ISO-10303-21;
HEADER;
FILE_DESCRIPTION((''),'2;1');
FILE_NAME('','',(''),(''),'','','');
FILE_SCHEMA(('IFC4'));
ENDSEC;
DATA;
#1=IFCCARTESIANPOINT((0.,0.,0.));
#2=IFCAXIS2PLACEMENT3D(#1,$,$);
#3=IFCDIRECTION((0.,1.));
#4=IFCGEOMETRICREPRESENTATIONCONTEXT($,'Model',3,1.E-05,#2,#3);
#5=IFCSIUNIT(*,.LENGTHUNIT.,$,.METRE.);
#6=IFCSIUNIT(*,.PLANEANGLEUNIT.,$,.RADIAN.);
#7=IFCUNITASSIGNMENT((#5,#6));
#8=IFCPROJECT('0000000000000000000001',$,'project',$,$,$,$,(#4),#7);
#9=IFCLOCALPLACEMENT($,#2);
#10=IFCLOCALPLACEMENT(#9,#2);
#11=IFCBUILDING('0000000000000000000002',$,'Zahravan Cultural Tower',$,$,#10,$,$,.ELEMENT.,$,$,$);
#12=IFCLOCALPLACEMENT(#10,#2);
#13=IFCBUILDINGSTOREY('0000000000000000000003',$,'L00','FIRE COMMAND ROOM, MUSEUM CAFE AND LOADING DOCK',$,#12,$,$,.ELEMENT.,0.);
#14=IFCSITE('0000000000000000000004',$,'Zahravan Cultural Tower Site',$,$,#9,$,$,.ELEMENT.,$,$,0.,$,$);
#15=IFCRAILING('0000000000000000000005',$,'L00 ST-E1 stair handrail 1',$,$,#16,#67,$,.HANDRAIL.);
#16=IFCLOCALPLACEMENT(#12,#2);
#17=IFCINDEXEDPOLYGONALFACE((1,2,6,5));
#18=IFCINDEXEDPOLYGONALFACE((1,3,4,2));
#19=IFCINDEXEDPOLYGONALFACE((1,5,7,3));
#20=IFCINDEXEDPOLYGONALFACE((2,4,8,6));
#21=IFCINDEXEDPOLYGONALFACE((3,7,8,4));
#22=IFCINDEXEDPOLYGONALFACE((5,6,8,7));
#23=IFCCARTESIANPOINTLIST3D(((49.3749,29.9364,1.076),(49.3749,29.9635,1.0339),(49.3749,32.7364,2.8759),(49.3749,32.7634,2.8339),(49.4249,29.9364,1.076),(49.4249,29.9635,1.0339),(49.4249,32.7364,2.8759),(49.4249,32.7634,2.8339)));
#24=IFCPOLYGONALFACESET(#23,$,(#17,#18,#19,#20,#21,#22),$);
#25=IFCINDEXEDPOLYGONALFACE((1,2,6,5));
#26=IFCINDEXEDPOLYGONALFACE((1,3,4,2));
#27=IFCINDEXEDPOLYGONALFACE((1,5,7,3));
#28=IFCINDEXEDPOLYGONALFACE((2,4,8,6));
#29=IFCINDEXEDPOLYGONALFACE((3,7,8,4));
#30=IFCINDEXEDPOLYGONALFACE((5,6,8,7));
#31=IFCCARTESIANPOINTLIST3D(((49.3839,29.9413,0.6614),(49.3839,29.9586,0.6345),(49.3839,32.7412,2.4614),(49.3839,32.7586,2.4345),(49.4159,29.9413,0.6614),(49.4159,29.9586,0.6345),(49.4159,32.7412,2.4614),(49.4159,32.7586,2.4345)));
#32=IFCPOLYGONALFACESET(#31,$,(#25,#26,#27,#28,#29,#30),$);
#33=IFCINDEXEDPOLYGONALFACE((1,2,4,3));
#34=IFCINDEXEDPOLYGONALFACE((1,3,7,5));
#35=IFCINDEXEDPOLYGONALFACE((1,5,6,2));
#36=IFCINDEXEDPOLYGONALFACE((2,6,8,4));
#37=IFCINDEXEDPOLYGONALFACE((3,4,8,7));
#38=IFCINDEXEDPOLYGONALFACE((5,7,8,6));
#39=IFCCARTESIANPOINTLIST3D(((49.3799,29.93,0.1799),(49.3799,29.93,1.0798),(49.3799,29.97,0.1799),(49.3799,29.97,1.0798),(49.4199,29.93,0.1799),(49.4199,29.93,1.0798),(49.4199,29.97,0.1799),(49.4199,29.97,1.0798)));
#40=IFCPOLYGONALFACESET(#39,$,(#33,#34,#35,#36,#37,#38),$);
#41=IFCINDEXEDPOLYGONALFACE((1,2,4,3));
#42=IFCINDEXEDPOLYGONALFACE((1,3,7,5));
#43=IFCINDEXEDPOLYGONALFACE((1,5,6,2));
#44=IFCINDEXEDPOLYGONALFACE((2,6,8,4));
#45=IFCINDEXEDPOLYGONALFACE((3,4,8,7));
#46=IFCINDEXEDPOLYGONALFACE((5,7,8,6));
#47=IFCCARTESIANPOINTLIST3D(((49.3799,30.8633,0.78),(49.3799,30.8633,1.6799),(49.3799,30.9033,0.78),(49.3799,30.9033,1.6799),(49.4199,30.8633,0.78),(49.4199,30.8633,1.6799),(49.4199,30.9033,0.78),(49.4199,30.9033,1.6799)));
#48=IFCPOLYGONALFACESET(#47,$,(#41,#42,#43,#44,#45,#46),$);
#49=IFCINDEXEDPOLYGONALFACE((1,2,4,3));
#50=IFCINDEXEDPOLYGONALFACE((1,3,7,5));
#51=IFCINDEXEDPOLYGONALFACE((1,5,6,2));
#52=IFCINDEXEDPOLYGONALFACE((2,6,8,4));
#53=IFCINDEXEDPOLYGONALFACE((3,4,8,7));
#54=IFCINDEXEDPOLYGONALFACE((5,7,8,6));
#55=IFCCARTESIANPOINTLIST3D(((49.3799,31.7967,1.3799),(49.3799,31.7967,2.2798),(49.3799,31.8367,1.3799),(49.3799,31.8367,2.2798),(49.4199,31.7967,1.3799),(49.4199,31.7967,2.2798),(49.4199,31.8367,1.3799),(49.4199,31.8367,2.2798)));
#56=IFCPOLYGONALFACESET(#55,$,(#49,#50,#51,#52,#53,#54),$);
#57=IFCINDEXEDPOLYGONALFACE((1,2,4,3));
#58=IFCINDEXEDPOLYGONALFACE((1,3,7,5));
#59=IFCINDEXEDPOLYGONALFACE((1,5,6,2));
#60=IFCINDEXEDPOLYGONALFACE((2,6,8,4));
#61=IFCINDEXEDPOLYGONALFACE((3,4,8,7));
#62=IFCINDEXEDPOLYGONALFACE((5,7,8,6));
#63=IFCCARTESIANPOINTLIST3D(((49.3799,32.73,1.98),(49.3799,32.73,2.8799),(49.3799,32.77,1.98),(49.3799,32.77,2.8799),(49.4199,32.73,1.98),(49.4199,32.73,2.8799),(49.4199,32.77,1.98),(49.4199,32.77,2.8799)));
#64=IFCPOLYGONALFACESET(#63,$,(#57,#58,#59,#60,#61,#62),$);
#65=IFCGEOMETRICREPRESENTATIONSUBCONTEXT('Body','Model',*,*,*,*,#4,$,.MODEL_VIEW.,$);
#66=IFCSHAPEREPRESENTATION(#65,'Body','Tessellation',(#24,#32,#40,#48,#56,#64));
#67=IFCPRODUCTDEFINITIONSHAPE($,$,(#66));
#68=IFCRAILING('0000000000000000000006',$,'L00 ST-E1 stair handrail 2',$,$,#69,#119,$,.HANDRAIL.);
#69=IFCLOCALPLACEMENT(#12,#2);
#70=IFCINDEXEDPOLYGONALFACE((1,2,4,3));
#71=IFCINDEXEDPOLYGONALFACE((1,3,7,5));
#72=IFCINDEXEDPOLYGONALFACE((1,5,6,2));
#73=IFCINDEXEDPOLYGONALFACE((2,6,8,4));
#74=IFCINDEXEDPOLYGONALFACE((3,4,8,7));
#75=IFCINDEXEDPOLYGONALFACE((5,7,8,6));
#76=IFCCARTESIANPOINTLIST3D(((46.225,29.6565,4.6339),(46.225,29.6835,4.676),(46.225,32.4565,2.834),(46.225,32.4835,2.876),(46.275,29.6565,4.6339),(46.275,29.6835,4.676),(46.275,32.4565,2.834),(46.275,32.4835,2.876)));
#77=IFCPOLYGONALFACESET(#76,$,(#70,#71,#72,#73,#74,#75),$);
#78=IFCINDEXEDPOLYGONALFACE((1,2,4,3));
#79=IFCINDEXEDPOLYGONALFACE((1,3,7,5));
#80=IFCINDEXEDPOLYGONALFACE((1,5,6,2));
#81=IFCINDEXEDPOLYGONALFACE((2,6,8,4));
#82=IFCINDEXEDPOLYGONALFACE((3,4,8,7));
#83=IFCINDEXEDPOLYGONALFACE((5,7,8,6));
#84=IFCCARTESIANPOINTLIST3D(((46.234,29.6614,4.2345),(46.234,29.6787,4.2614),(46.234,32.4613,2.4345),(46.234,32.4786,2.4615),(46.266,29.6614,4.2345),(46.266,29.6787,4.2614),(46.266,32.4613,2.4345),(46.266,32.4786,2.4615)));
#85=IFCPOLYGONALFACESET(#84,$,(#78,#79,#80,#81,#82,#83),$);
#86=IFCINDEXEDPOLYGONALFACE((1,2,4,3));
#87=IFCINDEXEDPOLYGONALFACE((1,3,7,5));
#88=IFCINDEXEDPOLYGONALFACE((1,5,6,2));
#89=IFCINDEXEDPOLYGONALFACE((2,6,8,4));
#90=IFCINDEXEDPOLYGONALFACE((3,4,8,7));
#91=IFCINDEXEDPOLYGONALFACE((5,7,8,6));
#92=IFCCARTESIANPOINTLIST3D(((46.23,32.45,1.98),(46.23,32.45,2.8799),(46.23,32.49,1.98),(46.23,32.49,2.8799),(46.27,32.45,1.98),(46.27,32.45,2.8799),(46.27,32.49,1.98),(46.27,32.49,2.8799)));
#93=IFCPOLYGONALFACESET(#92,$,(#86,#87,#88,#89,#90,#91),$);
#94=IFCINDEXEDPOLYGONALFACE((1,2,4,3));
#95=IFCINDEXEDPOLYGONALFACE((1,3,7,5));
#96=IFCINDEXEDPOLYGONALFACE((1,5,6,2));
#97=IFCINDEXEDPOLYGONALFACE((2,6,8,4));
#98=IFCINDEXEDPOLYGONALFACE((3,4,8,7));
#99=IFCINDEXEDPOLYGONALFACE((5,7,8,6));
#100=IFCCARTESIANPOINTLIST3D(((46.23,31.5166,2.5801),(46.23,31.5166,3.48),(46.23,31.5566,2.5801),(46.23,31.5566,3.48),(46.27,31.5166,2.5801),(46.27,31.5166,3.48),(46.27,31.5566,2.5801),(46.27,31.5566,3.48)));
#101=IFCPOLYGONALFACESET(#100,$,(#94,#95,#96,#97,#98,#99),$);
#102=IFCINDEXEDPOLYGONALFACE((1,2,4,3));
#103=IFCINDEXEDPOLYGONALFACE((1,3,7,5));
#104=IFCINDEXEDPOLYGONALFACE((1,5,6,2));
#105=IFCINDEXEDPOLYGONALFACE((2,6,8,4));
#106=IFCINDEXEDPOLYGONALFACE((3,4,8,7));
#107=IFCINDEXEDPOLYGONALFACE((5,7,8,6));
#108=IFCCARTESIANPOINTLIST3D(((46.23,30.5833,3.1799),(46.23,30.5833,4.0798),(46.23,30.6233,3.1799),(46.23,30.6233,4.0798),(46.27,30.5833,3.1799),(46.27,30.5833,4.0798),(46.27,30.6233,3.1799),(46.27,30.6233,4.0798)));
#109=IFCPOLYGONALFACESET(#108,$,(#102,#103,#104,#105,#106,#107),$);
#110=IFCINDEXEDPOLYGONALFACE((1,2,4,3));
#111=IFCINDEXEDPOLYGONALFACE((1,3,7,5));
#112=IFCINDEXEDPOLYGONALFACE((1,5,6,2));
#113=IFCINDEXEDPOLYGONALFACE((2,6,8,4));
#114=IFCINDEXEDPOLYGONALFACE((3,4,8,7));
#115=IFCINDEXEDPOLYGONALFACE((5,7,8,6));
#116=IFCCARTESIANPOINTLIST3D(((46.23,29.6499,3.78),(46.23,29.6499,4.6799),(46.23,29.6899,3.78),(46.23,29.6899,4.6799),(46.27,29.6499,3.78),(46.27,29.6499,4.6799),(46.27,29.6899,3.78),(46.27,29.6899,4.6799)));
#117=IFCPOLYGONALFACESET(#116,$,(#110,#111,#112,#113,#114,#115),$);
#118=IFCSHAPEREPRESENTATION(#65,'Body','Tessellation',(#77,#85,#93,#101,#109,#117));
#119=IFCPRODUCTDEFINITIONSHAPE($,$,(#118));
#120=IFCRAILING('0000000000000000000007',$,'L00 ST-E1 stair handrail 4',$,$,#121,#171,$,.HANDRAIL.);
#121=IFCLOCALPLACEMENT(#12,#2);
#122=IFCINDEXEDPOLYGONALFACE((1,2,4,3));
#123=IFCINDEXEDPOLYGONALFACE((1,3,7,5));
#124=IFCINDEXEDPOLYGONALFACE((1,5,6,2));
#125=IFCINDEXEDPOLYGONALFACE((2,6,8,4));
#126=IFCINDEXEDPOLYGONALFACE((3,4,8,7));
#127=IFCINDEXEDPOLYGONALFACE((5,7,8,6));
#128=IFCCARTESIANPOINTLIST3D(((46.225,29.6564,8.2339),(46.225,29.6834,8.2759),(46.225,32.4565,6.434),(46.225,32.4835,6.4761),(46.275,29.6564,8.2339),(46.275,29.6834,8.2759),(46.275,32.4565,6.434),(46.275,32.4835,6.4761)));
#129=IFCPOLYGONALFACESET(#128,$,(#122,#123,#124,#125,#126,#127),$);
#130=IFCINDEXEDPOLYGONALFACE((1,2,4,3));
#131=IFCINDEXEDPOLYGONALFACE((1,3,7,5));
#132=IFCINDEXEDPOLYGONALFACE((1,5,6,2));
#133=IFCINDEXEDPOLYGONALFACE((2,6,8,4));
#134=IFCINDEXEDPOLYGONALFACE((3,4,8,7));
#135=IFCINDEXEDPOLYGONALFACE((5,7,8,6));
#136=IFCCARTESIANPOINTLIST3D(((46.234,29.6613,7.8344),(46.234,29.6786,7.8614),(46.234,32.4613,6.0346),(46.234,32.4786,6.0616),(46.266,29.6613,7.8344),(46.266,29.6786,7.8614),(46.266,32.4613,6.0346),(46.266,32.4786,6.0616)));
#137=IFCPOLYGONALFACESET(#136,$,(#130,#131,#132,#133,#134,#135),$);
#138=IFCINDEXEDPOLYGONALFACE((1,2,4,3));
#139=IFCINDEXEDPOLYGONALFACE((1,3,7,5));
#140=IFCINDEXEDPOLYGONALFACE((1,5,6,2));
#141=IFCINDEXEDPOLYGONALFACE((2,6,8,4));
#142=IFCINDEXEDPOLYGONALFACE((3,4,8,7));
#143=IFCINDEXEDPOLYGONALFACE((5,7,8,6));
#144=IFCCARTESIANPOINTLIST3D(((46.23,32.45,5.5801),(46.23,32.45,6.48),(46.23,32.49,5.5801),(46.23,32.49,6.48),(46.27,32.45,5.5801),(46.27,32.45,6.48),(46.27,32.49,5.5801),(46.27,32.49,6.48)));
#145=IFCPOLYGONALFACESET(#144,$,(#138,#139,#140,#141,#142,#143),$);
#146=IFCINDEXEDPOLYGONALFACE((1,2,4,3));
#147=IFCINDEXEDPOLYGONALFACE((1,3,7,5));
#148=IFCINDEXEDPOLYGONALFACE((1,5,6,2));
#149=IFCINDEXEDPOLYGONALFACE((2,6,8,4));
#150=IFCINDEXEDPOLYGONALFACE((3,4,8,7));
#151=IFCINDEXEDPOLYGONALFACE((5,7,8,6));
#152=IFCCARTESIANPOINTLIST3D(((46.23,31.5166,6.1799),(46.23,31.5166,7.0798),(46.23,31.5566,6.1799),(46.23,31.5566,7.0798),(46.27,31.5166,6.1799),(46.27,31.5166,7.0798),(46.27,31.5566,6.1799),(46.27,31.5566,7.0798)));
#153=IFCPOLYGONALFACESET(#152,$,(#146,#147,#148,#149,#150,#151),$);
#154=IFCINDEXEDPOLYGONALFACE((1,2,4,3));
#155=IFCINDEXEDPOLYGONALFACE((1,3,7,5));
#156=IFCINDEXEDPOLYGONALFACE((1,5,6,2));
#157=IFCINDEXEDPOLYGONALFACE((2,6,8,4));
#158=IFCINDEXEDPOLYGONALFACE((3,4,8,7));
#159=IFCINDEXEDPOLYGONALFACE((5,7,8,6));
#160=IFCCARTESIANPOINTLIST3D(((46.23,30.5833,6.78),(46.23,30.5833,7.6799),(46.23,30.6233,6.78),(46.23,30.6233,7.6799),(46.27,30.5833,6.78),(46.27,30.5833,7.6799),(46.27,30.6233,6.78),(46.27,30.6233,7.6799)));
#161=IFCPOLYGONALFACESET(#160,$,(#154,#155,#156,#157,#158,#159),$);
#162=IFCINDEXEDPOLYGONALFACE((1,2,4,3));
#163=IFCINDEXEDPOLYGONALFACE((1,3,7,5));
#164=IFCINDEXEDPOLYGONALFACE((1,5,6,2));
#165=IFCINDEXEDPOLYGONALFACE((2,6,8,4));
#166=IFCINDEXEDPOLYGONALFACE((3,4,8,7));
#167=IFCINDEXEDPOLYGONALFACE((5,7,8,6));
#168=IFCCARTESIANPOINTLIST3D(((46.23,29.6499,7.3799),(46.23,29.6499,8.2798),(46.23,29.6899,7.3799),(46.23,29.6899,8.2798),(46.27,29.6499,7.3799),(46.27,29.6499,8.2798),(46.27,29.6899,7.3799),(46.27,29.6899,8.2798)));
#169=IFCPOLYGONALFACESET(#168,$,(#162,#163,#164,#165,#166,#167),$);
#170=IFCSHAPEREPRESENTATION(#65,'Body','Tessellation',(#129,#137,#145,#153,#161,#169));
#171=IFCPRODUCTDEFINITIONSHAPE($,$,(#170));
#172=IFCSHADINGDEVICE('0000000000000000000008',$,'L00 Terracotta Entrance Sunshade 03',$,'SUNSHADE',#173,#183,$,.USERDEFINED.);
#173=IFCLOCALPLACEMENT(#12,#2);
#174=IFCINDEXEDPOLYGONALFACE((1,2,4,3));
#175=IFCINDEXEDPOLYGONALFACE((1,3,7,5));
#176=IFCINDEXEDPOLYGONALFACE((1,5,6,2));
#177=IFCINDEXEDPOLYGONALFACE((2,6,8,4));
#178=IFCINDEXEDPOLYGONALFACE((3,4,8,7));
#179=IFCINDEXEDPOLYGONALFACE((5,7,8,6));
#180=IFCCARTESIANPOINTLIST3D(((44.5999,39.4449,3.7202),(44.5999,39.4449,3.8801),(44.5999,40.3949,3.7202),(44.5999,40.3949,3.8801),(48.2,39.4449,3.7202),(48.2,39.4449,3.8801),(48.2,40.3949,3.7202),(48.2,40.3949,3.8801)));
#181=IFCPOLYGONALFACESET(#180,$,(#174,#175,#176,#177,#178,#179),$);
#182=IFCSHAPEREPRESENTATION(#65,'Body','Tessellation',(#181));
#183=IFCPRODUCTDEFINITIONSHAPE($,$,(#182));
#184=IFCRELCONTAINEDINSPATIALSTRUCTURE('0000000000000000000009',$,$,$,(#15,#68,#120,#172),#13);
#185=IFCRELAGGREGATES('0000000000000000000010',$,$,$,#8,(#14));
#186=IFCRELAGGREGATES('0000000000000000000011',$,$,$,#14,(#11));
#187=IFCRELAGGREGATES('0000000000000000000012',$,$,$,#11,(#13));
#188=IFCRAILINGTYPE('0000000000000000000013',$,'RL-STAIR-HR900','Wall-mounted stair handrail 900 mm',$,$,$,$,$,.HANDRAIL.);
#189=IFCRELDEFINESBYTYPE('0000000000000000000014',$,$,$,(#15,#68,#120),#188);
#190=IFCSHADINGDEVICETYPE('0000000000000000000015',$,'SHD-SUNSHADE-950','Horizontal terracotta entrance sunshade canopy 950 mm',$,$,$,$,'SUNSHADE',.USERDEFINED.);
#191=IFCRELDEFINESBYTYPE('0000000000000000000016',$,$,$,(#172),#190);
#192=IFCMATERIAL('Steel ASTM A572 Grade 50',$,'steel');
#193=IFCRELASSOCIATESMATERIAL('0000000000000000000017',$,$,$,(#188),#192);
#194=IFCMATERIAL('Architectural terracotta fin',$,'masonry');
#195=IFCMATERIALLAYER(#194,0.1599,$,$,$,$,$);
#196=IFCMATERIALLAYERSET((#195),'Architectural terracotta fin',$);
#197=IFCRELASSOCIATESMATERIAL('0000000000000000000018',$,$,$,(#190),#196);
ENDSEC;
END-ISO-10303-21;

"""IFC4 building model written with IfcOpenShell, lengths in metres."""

from ifc_helpers import new_model, si_unit, direction, frame, origin, origin_2d, place, context, subcontext, project, spatial, rectangle, extrude, source, transform, mapped, material, layer, layer_set, type_object, element, save


model = new_model("IFC4")

# Units and contexts
model_context = context("Model", 3, precision=1e-05, world=origin(), true_north=direction((0.0, 1.0)))
body_context = subcontext(model_context, "Body", "Model", "MODEL_VIEW")
ifc_project = project(units=[si_unit("LENGTHUNIT", "METRE"), si_unit("PLANEANGLEUNIT", "RADIAN")], contexts=[model_context])

# Site, building, storey
site_placement = place(None, origin())
site = spatial("IfcSite", under=ifc_project, at=site_placement, Name="Zahravan Cultural Tower Site", CompositionType="ELEMENT", RefElevation=0.0)
building_placement = place(site_placement, origin())
building = spatial("IfcBuilding", under=site, at=building_placement, Name="Zahravan Cultural Tower", CompositionType="ELEMENT")
storey_placement = place(building_placement, origin())
storey = spatial("IfcBuildingStorey", under=building, at=storey_placement, Name="L00", Description="FIRE COMMAND ROOM, MUSEUM CAFE AND LOADING DOCK", CompositionType="ELEMENT", Elevation=0.0)

# Railings
ifc_material_1 = material(Name="Steel ASTM A572 Grade 50", Category="steel")
railing_type_1 = type_object("IfcRailingType", Name="RL-STAIR-HR900", Description="Wall-mounted stair handrail 900 mm", PredefinedType="HANDRAIL", material=ifc_material_1)
railing_1_placement = place(storey_placement, frame((49.3999, 29.95, 0.1799)))
element("IfcRailing", 1, at=railing_1_placement, inside=storey, type_object=railing_type_1, Name="L00 ST-E1 stair handrail 1", PredefinedType="HANDRAIL", context=body_context, shape_type="SweptSolid", body=[
    extrude(rectangle(XDim=0.05, YDim=0.05, at=origin_2d()), frame((0.0, 0.0, 0.875), z_axis=(0.0, 0.841176, 0.540761), x_axis=(-1.0, 0.0, 0.0)), (0.0, 0.0, 1.0), 3.3286),
    extrude(rectangle(XDim=0.032, YDim=0.032, at=origin_2d()), frame((0.0, 0.0, 0.468), z_axis=(0.0, 0.841176, 0.540761), x_axis=(-1.0, 0.0, 0.0)), (0.0, 0.0, 1.0), 3.3286),
    extrude(rectangle(XDim=0.04, YDim=0.04, at=origin_2d()), origin(), (0.0, 0.0, 1.0), 0.8999),
    extrude(rectangle(XDim=0.04, YDim=0.04, at=origin_2d()), frame((0.0, 0.9333, 0.6001)), (0.0, 0.0, 1.0), 0.8999),
    extrude(rectangle(XDim=0.04, YDim=0.04, at=origin_2d()), frame((0.0, 1.8667, 1.2)), (0.0, 0.0, 1.0), 0.8999),
    extrude(rectangle(XDim=0.04, YDim=0.04, at=origin_2d()), frame((0.0, 2.8, 1.8)), (0.0, 0.0, 1.0), 0.8999),
])
railing_2_placement = place(storey_placement, frame((46.25, 32.47, 1.98)))
element("IfcRailing", 2, at=railing_2_placement, inside=storey, type_object=railing_type_1, Name="L00 ST-E1 stair handrail 2", PredefinedType="HANDRAIL", context=body_context, shape_type="SweptSolid", body=[
    extrude(rectangle(XDim=0.05, YDim=0.05, at=origin_2d()), frame((0.0, 0.0, 0.875), z_axis=(0.0, -0.841176, 0.540761), x_axis=(1.0, 0.0, 0.0)), (0.0, 0.0, 1.0), 3.3286),
    extrude(rectangle(XDim=0.032, YDim=0.032, at=origin_2d()), frame((0.0, 0.0, 0.468), z_axis=(0.0, -0.841176, 0.540761), x_axis=(1.0, 0.0, 0.0)), (0.0, 0.0, 1.0), 3.3286),
    extrude(rectangle(XDim=0.04, YDim=0.04, at=origin_2d()), origin(), (0.0, 0.0, 1.0), 0.8999),
    extrude(rectangle(XDim=0.04, YDim=0.04, at=origin_2d()), frame((0.0, -0.9333, 0.6001)), (0.0, 0.0, 1.0), 0.8999),
    extrude(rectangle(XDim=0.04, YDim=0.04, at=origin_2d()), frame((0.0, -1.8667, 1.2)), (0.0, 0.0, 1.0), 0.8999),
    extrude(rectangle(XDim=0.04, YDim=0.04, at=origin_2d()), frame((0.0, -2.8, 1.8)), (0.0, 0.0, 1.0), 0.8999),
])
railing_3_placement = place(storey_placement, frame((46.25, 32.47, 5.5801)))
element("IfcRailing", 3, at=railing_3_placement, inside=storey, type_object=railing_type_1, Name="L00 ST-E1 stair handrail 4", PredefinedType="HANDRAIL", context=body_context, shape_type="SweptSolid", body=[
    extrude(rectangle(XDim=0.05, YDim=0.05, at=origin_2d()), frame((0.0, 0.0, 0.875), z_axis=(0.0, -0.841209, 0.540709), x_axis=(1.0, 0.0, 0.0)), (0.0, 0.0, 1.0), 3.3286),
    extrude(rectangle(XDim=0.032, YDim=0.032, at=origin_2d()), frame((0.0, 0.0, 0.468), z_axis=(0.0, -0.841209, 0.540709), x_axis=(1.0, 0.0, 0.0)), (0.0, 0.0, 1.0), 3.3286),
    extrude(rectangle(XDim=0.04, YDim=0.04, at=origin_2d()), origin(), (0.0, 0.0, 1.0), 0.8999),
    extrude(rectangle(XDim=0.04, YDim=0.04, at=origin_2d()), frame((0.0, -0.9333, 0.5999)), (0.0, 0.0, 1.0), 0.8999),
    extrude(rectangle(XDim=0.04, YDim=0.04, at=origin_2d()), frame((0.0, -1.8667, 1.2)), (0.0, 0.0, 1.0), 0.8999),
    extrude(rectangle(XDim=0.04, YDim=0.04, at=origin_2d()), frame((0.0, -2.8, 1.7998)), (0.0, 0.0, 1.0), 0.8999),
])

# Shading device
ifc_material_2 = material(Name="Architectural terracotta fin", Category="masonry")
ifc_layer_1 = layer(ifc_material_2, 0.1599)
ifc_layer_set_1 = layer_set([ifc_layer_1], Name="Architectural terracotta fin")
shading_device_type = type_object("IfcShadingDeviceType", Name="SHD-SUNSHADE-950", Description="Horizontal terracotta entrance sunshade canopy 950 mm", ElementType="SUNSHADE", PredefinedType="USERDEFINED", material=ifc_layer_set_1)
shared_shape_1 = source(origin(), body_context, "Body", "SweptSolid", [
    extrude(rectangle(XDim=3.6001, YDim=0.95, at=origin_2d()), origin(), (0.0, 0.0, 1.0), 0.1599),
])
shading_device_placement = place(storey_placement, frame((46.3999, 39.9199, 3.7202), z_axis=(0.0, 0.0, 1.0), x_axis=(1.0, 0.0, 0.0)))
element("IfcShadingDevice", 4, at=shading_device_placement, inside=storey, type_object=shading_device_type, Name="L00 Terracotta Entrance Sunshade 03", ObjectType="SUNSHADE", PredefinedType="USERDEFINED", context=body_context, shape_type="MappedRepresentation", body=[
    mapped(shared_shape_1, transform((0.0, 0.0, 0.0), x_axis=(1.0, 0.0, 0.0), y_axis=(0.0, 1.0, 0.0), z_axis=(0.0, 0.0, 1.0), scale=1.0)),
])

save(model, "model.ifc")
